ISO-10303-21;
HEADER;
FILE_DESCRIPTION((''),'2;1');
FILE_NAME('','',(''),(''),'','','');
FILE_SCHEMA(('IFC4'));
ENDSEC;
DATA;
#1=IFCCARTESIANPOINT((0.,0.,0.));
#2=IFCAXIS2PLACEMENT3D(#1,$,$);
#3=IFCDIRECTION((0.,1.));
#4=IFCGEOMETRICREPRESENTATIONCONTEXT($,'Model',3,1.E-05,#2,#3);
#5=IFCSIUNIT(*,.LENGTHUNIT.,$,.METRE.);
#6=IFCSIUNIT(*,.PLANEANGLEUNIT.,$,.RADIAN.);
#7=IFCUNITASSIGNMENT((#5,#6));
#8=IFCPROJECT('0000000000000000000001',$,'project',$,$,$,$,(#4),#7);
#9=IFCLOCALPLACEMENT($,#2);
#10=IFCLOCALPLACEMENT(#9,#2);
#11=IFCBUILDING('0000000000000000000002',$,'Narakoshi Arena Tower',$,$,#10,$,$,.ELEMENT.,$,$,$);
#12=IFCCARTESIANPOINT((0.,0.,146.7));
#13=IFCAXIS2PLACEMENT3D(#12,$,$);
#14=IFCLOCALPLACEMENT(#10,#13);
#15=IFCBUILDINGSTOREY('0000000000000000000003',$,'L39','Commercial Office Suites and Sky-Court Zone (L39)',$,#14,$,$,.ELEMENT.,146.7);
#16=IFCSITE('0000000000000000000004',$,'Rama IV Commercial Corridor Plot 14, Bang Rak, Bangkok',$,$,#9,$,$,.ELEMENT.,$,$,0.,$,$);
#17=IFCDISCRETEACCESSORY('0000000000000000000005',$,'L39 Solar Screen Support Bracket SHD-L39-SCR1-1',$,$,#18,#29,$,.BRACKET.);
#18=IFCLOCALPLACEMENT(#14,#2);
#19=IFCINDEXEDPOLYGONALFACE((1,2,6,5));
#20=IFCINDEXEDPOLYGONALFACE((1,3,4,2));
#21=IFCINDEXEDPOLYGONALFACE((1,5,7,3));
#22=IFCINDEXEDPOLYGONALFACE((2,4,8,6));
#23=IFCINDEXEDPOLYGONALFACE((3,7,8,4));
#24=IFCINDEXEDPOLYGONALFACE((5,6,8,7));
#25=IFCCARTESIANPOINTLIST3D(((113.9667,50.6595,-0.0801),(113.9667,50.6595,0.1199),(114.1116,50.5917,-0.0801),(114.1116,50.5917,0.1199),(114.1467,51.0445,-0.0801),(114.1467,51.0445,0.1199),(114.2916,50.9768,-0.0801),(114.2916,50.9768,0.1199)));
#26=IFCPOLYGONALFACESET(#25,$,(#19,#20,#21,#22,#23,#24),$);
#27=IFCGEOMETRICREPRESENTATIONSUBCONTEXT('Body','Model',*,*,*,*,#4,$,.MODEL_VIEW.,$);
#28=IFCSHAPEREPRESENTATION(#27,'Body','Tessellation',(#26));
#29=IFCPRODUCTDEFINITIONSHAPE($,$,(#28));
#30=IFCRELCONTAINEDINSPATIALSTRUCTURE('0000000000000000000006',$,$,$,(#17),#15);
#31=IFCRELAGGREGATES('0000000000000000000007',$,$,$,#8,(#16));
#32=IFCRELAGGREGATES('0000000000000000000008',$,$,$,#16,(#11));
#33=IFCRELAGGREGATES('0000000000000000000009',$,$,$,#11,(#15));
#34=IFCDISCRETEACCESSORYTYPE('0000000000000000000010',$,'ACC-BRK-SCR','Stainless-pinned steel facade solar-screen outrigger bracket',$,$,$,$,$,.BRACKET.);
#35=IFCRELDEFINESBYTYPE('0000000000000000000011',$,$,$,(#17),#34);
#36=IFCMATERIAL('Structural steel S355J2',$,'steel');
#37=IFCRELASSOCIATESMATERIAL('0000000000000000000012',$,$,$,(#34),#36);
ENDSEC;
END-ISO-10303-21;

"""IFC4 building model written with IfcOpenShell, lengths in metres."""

from ifc_helpers import new_model, si_unit, direction, frame, origin, origin_2d, place, context, subcontext, project, spatial, rectangle, extrude, material, type_object, element, save


model = new_model("IFC4")

# Units and contexts
model_context = context("Model", 3, precision=1e-05, world=origin(), true_north=direction((0.0, 1.0)))
body_context = subcontext(model_context, "Body", "Model", "MODEL_VIEW")
ifc_project = project(units=[si_unit("LENGTHUNIT", "METRE"), si_unit("PLANEANGLEUNIT", "RADIAN")], contexts=[model_context])

# Site, building, storey
site_placement = place(None, origin())
site = spatial("IfcSite", under=ifc_project, at=site_placement, Name="Rama IV Commercial Corridor Plot 14, Bang Rak, Bangkok", CompositionType="ELEMENT", RefElevation=0.0)
building_placement = place(site_placement, origin())
building = spatial("IfcBuilding", under=site, at=building_placement, Name="Narakoshi Arena Tower", CompositionType="ELEMENT")
storey_placement = place(building_placement, frame((0.0, 0.0, 146.7)))
storey = spatial("IfcBuildingStorey", under=building, at=storey_placement, Name="L39", Description="Commercial Office Suites and Sky-Court Zone (L39)", CompositionType="ELEMENT", Elevation=146.7)

# Shared definitions
ifc_material_1 = material(Name="Structural steel S355J2", Category="steel")

# Discrete accessory
discrete_accessory_type = type_object("IfcDiscreteAccessoryType", Name="ACC-BRK-SCR", Description="Stainless-pinned steel facade solar-screen outrigger bracket", PredefinedType="BRACKET", material=ifc_material_1)
discrete_accessory_placement = place(storey_placement, frame((114.1292, 50.8181, -0.0801), z_axis=(0.0, 0.0, 1.0), x_axis=(-0.90588, 0.423535, 0.0)))
element("IfcDiscreteAccessory", 1, at=discrete_accessory_placement, inside=storey, type_object=discrete_accessory_type, Name="L39 Solar Screen Support Bracket SHD-L39-SCR1-1", PredefinedType="BRACKET", context=body_context, shape_type="SweptSolid", body=[
    extrude(rectangle(XDim=0.1599, YDim=0.425, at=origin_2d()), origin(), (0.0, 0.0, 1.0), 0.2),
])

save(model, "model.ifc")
